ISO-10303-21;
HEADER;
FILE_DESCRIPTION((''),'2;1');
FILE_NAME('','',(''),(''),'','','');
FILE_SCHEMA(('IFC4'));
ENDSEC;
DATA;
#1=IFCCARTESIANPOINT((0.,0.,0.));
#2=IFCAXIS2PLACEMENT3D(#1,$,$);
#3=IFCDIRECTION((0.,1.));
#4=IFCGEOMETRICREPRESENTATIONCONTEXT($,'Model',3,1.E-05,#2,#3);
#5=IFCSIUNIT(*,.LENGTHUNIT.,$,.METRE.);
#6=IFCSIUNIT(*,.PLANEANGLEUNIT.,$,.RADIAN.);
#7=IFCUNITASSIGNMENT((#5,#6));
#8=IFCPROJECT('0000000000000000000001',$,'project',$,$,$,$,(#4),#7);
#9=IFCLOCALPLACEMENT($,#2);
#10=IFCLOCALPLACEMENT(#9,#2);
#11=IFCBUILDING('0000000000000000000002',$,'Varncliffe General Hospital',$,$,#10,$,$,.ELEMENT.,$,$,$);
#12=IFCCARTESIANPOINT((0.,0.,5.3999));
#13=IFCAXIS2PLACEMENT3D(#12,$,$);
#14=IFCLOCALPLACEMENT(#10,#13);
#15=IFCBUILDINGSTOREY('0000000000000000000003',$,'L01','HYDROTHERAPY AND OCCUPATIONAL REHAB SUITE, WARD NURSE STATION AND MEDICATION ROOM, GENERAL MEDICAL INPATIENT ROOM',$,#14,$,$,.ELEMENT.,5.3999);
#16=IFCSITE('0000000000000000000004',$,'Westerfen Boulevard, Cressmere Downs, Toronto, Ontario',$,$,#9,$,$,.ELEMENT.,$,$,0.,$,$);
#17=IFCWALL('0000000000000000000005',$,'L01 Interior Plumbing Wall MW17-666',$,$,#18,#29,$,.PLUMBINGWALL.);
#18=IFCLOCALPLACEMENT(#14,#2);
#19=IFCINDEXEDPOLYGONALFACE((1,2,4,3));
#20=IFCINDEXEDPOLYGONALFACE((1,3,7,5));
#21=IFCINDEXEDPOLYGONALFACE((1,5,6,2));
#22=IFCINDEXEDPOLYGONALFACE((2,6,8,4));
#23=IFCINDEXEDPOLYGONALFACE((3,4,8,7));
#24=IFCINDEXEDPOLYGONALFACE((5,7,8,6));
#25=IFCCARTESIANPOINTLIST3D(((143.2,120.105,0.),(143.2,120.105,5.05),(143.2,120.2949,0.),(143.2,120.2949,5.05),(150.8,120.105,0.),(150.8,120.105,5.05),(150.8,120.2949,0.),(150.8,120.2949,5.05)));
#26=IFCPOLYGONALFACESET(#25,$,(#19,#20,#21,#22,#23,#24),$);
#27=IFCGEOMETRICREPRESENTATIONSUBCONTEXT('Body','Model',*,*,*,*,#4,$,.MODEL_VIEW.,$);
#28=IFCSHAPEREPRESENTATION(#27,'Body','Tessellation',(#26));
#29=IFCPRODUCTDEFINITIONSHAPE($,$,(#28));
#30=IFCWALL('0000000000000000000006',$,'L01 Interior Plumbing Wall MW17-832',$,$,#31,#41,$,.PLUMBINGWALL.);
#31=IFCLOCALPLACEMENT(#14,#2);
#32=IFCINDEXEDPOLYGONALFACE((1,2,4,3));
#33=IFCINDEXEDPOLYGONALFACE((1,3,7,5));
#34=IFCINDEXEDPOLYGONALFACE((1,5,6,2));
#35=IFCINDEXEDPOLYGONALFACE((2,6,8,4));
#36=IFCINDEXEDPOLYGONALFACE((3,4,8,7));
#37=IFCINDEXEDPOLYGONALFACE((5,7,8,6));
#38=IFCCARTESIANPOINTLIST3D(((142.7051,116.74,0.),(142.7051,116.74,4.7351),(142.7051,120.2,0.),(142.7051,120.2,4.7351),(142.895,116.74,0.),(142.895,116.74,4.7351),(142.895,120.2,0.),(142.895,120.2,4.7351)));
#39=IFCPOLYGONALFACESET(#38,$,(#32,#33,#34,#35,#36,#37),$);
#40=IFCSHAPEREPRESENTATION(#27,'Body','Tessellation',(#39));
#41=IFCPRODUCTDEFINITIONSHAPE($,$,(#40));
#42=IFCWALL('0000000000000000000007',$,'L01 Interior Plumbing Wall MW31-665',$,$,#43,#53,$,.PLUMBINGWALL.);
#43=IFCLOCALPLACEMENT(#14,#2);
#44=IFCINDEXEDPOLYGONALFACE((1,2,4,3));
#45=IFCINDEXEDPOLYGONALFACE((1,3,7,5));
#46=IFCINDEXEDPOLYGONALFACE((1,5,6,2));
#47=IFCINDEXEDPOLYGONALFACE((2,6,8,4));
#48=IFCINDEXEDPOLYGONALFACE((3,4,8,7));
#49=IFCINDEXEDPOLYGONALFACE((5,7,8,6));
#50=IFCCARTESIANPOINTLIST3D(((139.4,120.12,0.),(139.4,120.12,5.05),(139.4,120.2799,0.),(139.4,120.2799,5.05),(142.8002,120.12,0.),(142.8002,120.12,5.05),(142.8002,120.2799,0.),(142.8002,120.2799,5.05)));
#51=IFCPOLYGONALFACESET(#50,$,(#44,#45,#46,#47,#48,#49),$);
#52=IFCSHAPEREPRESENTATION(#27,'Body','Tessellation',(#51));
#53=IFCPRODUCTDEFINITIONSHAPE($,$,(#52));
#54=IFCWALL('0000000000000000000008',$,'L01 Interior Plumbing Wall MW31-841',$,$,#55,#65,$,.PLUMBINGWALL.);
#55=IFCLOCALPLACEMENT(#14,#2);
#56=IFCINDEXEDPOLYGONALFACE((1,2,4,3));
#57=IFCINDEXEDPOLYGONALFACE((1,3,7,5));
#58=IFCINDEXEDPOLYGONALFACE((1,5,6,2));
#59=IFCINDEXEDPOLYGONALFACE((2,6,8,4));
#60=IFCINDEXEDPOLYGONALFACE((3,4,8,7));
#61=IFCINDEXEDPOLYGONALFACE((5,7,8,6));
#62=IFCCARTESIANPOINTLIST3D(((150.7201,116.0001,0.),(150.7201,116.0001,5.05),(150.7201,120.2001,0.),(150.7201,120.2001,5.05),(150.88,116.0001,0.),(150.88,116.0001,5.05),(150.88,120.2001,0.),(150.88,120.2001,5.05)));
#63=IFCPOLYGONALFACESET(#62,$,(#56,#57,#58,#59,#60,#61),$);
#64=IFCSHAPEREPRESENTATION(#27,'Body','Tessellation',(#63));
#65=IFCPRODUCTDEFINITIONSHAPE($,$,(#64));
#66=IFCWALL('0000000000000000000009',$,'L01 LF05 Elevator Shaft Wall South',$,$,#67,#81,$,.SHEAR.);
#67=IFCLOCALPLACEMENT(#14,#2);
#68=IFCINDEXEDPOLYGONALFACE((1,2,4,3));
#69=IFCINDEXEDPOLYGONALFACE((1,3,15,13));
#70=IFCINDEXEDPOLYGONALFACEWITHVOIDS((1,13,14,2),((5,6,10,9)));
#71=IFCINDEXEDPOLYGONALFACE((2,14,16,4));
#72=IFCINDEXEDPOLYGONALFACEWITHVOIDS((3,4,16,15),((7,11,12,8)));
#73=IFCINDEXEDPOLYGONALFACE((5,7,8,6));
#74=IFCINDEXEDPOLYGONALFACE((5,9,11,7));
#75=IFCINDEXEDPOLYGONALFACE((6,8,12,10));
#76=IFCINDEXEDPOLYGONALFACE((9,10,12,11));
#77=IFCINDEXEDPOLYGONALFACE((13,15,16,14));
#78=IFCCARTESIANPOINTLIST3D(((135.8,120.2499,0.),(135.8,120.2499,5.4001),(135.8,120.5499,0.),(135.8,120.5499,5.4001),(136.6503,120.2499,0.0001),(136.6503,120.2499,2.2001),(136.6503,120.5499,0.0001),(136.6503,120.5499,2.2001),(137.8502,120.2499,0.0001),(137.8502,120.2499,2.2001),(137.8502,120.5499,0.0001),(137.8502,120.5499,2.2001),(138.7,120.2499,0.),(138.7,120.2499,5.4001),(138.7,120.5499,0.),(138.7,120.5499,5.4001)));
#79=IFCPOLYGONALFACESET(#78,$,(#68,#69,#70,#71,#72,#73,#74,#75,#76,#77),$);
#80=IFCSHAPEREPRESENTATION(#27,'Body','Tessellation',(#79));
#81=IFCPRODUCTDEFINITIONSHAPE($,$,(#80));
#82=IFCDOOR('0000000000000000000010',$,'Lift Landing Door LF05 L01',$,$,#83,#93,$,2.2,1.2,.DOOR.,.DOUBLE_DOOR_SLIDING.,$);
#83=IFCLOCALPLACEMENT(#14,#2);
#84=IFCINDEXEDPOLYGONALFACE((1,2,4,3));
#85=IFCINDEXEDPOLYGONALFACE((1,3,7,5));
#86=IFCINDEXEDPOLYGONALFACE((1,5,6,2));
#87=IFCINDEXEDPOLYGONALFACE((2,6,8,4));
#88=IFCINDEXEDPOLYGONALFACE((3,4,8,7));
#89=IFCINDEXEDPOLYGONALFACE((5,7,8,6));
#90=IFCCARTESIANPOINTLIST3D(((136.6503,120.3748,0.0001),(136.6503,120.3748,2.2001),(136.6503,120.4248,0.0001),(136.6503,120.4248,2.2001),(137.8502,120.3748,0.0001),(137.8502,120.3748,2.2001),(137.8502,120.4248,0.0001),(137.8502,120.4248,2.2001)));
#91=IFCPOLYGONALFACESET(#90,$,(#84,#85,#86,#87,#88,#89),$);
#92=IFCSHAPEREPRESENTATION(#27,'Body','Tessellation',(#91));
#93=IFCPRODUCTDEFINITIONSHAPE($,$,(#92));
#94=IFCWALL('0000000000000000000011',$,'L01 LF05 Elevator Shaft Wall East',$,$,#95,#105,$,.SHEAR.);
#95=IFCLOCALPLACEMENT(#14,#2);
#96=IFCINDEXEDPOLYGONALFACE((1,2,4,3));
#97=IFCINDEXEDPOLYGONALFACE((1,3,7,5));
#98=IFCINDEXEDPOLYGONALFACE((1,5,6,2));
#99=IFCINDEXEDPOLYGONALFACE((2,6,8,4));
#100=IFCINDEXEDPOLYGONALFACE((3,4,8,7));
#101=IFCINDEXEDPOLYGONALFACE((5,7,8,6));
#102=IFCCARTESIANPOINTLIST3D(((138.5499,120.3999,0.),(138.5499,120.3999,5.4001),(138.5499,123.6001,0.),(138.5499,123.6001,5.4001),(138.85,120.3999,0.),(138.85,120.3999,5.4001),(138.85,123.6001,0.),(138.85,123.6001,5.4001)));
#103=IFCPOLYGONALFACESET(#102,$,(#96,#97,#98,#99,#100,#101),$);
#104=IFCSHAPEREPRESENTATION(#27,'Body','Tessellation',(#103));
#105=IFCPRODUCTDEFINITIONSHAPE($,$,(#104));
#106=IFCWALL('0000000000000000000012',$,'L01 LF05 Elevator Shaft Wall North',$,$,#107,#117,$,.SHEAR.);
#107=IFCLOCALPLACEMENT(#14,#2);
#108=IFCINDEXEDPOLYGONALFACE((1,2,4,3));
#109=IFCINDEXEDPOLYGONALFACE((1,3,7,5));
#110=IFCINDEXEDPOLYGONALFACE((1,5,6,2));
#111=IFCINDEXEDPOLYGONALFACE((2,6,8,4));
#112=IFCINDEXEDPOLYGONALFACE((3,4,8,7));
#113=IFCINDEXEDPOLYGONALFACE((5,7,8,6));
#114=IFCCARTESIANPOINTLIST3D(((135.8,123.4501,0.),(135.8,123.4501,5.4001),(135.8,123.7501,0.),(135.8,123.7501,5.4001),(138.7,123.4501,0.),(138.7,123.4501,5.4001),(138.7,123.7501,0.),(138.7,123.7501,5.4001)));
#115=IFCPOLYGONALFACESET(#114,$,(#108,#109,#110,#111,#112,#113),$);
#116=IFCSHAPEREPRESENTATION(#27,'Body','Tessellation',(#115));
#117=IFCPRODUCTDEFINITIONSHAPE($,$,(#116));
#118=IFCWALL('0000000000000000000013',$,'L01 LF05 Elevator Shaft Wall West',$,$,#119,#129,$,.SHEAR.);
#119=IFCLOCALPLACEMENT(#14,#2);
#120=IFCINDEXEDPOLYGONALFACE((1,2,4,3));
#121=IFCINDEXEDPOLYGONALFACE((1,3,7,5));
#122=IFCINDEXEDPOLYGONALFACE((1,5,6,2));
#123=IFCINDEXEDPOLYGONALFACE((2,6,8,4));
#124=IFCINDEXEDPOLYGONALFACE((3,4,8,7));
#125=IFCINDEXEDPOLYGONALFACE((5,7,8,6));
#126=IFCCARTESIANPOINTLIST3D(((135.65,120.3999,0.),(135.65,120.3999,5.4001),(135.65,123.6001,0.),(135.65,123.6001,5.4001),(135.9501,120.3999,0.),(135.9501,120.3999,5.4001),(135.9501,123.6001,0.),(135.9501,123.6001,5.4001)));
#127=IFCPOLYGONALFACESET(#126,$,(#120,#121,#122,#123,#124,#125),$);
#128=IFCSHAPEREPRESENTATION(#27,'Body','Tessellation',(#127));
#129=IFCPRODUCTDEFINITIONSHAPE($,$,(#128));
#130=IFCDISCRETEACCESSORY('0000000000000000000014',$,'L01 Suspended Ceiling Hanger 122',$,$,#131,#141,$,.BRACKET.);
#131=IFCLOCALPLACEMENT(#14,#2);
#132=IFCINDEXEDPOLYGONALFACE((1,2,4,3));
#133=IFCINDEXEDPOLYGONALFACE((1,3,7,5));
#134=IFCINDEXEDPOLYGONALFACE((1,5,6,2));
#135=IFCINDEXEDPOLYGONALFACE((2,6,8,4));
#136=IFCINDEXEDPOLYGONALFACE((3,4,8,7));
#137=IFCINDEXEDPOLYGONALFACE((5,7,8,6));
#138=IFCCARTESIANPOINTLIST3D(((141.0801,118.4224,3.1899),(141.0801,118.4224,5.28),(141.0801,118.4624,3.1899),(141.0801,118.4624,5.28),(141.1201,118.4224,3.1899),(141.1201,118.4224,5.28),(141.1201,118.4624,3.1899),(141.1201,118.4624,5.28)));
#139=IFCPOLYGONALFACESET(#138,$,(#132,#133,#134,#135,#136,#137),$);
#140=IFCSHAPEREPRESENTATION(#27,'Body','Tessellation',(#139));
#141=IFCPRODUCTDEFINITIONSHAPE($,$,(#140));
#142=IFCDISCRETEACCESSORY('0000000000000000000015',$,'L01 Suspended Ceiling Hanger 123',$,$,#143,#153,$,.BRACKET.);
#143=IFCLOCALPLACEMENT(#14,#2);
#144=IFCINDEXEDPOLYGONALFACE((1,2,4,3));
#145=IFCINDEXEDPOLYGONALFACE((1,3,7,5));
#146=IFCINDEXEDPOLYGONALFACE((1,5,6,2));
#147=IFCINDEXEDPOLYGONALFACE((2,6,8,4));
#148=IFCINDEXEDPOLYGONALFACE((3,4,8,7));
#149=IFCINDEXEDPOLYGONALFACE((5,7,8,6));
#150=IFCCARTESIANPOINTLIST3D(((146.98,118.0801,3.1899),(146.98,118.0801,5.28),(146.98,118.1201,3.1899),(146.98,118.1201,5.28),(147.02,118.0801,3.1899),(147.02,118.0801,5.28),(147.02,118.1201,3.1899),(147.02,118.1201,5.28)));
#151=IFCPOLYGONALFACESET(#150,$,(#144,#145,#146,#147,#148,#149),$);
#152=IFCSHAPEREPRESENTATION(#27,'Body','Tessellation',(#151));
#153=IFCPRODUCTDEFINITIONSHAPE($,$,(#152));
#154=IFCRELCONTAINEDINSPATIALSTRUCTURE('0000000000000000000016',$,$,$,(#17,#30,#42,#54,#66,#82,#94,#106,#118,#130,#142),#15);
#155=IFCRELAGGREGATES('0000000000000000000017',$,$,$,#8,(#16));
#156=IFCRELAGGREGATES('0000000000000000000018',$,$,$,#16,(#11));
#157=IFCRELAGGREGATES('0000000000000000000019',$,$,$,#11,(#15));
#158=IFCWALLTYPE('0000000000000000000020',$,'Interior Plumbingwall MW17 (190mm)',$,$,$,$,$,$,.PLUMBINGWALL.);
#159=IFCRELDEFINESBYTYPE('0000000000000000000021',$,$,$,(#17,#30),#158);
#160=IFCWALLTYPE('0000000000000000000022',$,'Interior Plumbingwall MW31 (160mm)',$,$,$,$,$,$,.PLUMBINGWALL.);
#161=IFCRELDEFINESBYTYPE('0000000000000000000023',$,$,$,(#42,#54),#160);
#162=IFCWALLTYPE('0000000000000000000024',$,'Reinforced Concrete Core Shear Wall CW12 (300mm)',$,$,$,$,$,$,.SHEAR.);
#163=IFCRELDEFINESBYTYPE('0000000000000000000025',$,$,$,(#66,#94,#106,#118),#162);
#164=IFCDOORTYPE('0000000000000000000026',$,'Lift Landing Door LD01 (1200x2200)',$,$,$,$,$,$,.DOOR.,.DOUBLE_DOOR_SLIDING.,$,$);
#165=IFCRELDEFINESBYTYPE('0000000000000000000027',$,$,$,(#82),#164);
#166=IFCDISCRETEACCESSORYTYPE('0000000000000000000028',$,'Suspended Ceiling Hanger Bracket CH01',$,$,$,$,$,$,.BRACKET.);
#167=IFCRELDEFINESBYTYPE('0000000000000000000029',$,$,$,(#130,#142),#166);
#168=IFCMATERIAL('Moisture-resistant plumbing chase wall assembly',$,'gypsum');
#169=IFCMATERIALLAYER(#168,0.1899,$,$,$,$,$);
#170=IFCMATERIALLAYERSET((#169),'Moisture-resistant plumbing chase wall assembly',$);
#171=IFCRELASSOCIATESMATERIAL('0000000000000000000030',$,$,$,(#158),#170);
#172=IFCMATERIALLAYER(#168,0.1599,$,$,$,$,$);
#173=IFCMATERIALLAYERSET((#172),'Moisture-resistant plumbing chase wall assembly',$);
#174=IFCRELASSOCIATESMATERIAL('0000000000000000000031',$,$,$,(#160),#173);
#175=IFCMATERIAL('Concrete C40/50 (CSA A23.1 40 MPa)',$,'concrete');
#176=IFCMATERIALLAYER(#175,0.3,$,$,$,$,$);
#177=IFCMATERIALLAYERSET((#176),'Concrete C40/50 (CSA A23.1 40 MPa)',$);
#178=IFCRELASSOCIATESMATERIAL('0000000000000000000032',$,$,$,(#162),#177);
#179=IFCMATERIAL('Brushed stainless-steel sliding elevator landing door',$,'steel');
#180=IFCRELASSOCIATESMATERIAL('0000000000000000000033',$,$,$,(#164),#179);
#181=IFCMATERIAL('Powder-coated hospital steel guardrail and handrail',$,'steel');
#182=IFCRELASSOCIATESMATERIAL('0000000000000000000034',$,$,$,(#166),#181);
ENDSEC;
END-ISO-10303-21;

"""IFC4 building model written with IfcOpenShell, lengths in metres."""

from ifc_helpers import new_model, si_unit, direction, frame, frame_2d, origin, origin_2d, place, context, subcontext, project, spatial, rectangle, extrude, material, layer, layer_set, type_object, element, fill, save


model = new_model("IFC4")

# Units and contexts
model_context = context("Model", 3, precision=1e-05, world=origin(), true_north=direction((0.0, 1.0)))
body_context = subcontext(model_context, "Body", "Model", "MODEL_VIEW")
ifc_project = project(units=[si_unit("LENGTHUNIT", "METRE"), si_unit("PLANEANGLEUNIT", "RADIAN")], contexts=[model_context])

# Site, building, storey
site_placement = place(None, origin())
site = spatial("IfcSite", under=ifc_project, at=site_placement, Name="Westerfen Boulevard, Cressmere Downs, Toronto, Ontario", CompositionType="ELEMENT", RefElevation=0.0)
building_placement = place(site_placement, origin())
building = spatial("IfcBuilding", under=site, at=building_placement, Name="Varncliffe General Hospital", CompositionType="ELEMENT")
storey_placement = place(building_placement, frame((0.0, 0.0, 5.3999)))
storey = spatial("IfcBuildingStorey", under=building, at=storey_placement, Name="L01", Description="HYDROTHERAPY AND OCCUPATIONAL REHAB SUITE, WARD NURSE STATION AND MEDICATION ROOM, GENERAL MEDICAL INPATIENT ROOM", CompositionType="ELEMENT", Elevation=5.3999)

# Shared definitions
ifc_material_1 = material(Name="Concrete C40/50 (CSA A23.1 40 MPa)", Category="concrete")

# Walls
ifc_material_2 = material(Name="Moisture-resistant plumbing chase wall assembly", Category="gypsum")
ifc_layer_1 = layer(ifc_material_2, 0.1899)
ifc_layer_set_1 = layer_set([ifc_layer_1], Name="Moisture-resistant plumbing chase wall assembly")
wall_type_1 = type_object("IfcWallType", Name="Interior Plumbingwall MW17 (190mm)", PredefinedType="PLUMBINGWALL", material=ifc_layer_set_1)
wall_1_placement = place(storey_placement, frame((143.2, 120.2, 0.0), z_axis=(0.0, 0.0, 1.0), x_axis=(1.0, 0.0, 0.0)))
element("IfcWall", 1, at=wall_1_placement, inside=storey, type_object=wall_type_1, Name="L01 Interior Plumbing Wall MW17-666", PredefinedType="PLUMBINGWALL", context=body_context, shape_type="SweptSolid", body=[
    extrude(rectangle(XDim=7.6001, YDim=0.1899, at=frame_2d((3.8, 0.0))), origin(), (0.0, 0.0, 1.0), 5.05),
])
wall_2_placement = place(storey_placement, frame((142.8, 116.74, 0.0), z_axis=(0.0, 0.0, 1.0), x_axis=(0.0, 1.0, 0.0)))
element("IfcWall", 2, at=wall_2_placement, inside=storey, type_object=wall_type_1, Name="L01 Interior Plumbing Wall MW17-832", PredefinedType="PLUMBINGWALL", context=body_context, shape_type="SweptSolid", body=[
    extrude(rectangle(XDim=3.46, YDim=0.1899, at=frame_2d((1.73, 0.0))), origin(), (0.0, 0.0, 1.0), 4.7351),
])
ifc_layer_2 = layer(ifc_material_2, 0.1599)
ifc_layer_set_2 = layer_set([ifc_layer_2], Name="Moisture-resistant plumbing chase wall assembly")
wall_type_2 = type_object("IfcWallType", Name="Interior Plumbingwall MW31 (160mm)", PredefinedType="PLUMBINGWALL", material=ifc_layer_set_2)
wall_3_placement = place(storey_placement, frame((139.3999, 120.2, 0.0), z_axis=(0.0, 0.0, 1.0), x_axis=(1.0, 0.0, 0.0)))
element("IfcWall", 3, at=wall_3_placement, inside=storey, type_object=wall_type_2, Name="L01 Interior Plumbing Wall MW31-665", PredefinedType="PLUMBINGWALL", context=body_context, shape_type="SweptSolid", body=[
    extrude(rectangle(XDim=3.4001, YDim=0.1599, at=frame_2d((1.7002, 0.0))), origin(), (0.0, 0.0, 1.0), 5.05),
])
wall_4_placement = place(storey_placement, frame((150.8, 116.0, 0.0), z_axis=(0.0, 0.0, 1.0), x_axis=(0.0, 1.0, 0.0)))
element("IfcWall", 4, at=wall_4_placement, inside=storey, type_object=wall_type_2, Name="L01 Interior Plumbing Wall MW31-841", PredefinedType="PLUMBINGWALL", context=body_context, shape_type="SweptSolid", body=[
    extrude(rectangle(XDim=4.2, YDim=0.1599, at=frame_2d((2.1001, 0.0))), origin(), (0.0, 0.0, 1.0), 5.05),
])

# Wall, opening, door
ifc_layer_3 = layer(ifc_material_1, 0.3)
ifc_layer_set_3 = layer_set([ifc_layer_3], Name="Concrete C40/50 (CSA A23.1 40 MPa)")
wall_type_3 = type_object("IfcWallType", Name="Reinforced Concrete Core Shear Wall CW12 (300mm)", PredefinedType="SHEAR", material=ifc_layer_set_3)
wall_5_placement = place(storey_placement, frame((135.8, 120.3999, 0.0), z_axis=(0.0, 0.0, 1.0), x_axis=(1.0, 0.0, 0.0)))
wall_5 = element("IfcWall", 5, at=wall_5_placement, inside=storey, type_object=wall_type_3, Name="L01 LF05 Elevator Shaft Wall South", PredefinedType="SHEAR", context=body_context, shape_type="SweptSolid", body=[
    extrude(rectangle(XDim=2.8999, YDim=0.3, at=frame_2d((1.45, 0.0))), origin(), (0.0, 0.0, 1.0), 5.4001),
])
opening_1_placement = place(wall_5_placement, frame((0.8501, 0.0, 0.0)))
opening_1 = element("IfcOpeningElement", 6, at=opening_1_placement, cuts=wall_5, PredefinedType="OPENING", context=body_context, shape_type="SweptSolid", body=[
    extrude(rectangle(XDim=1.2, YDim=2.2, at=frame_2d((0.6001, 1.1001))), frame((0.0, 0.1602, 0.0), z_axis=(0.0, -1.0, 0.0), x_axis=(1.0, 0.0, 0.0)), (0.0, 0.0, 1.0), 0.3201),
])
ifc_material_3 = material(Name="Brushed stainless-steel sliding elevator landing door", Category="steel")
door_type = type_object("IfcDoorType", Name="Lift Landing Door LD01 (1200x2200)", OperationType="DOUBLE_DOOR_SLIDING", PredefinedType="DOOR", material=ifc_material_3)
door_placement = place(opening_1_placement, origin())
door = element("IfcDoor", 7, at=door_placement, inside=storey, type_object=door_type, Name="Lift Landing Door LF05 L01", OperationType="DOUBLE_DOOR_SLIDING", OverallHeight=2.2, OverallWidth=1.2, PredefinedType="DOOR", context=body_context, shape_type="SweptSolid", body=[
    extrude(rectangle(XDim=1.2, YDim=2.2, at=frame_2d((0.6001, 1.1001))), frame((0.0, 0.0249, 0.0), z_axis=(0.0, -1.0, 0.0), x_axis=(1.0, 0.0, 0.0)), (0.0, 0.0, 1.0), 0.05),
])
fill(opening_1, door)

# Walls
wall_6_placement = place(storey_placement, frame((138.7, 120.3999, 0.0), z_axis=(0.0, 0.0, 1.0), x_axis=(0.0, 1.0, 0.0)))
element("IfcWall", 8, at=wall_6_placement, inside=storey, type_object=wall_type_3, Name="L01 LF05 Elevator Shaft Wall East", PredefinedType="SHEAR", context=body_context, shape_type="SweptSolid", body=[
    extrude(rectangle(XDim=3.2002, YDim=0.3, at=frame_2d((1.6001, 0.0))), origin(), (0.0, 0.0, 1.0), 5.4001),
])
wall_7_placement = place(storey_placement, frame((138.7, 123.6001, 0.0), z_axis=(0.0, 0.0, 1.0), x_axis=(-1.0, 0.0, 0.0)))
element("IfcWall", 9, at=wall_7_placement, inside=storey, type_object=wall_type_3, Name="L01 LF05 Elevator Shaft Wall North", PredefinedType="SHEAR", context=body_context, shape_type="SweptSolid", body=[
    extrude(rectangle(XDim=2.8999, YDim=0.3, at=frame_2d((1.45, 0.0))), origin(), (0.0, 0.0, 1.0), 5.4001),
])
wall_8_placement = place(storey_placement, frame((135.8, 123.6001, 0.0), z_axis=(0.0, 0.0, 1.0), x_axis=(0.0, -1.0, 0.0)))
element("IfcWall", 10, at=wall_8_placement, inside=storey, type_object=wall_type_3, Name="L01 LF05 Elevator Shaft Wall West", PredefinedType="SHEAR", context=body_context, shape_type="SweptSolid", body=[
    extrude(rectangle(XDim=3.2002, YDim=0.3, at=frame_2d((1.6001, 0.0))), origin(), (0.0, 0.0, 1.0), 5.4001),
])

# Discrete accessories
ifc_material_4 = material(Name="Powder-coated hospital steel guardrail and handrail", Category="steel")
discrete_accessory_type = type_object("IfcDiscreteAccessoryType", Name="Suspended Ceiling Hanger Bracket CH01", PredefinedType="BRACKET", material=ifc_material_4)
for number, where, z_axis, x_axis, name in (
    (11, (141.1001, 118.4424, 3.1899), (0.0, 0.0, 1.0), (1.0, 0.0, 0.0), "L01 Suspended Ceiling Hanger 122"),
    (12, (147.0, 118.1001, 3.1899), (0.0, 0.0, 1.0), (1.0, 0.0, 0.0), "L01 Suspended Ceiling Hanger 123"),
):
    element("IfcDiscreteAccessory", number, at=place(storey_placement, frame(where, z_axis=z_axis, x_axis=x_axis)), inside=storey, type_object=discrete_accessory_type, Name=name, PredefinedType="BRACKET", context=body_context, shape_type="SweptSolid", body=[
        extrude(rectangle(XDim=0.04, YDim=0.04, at=origin_2d()), origin(), (0.0, 0.0, 1.0), 2.0901),
    ])

save(model, "model.ifc")
